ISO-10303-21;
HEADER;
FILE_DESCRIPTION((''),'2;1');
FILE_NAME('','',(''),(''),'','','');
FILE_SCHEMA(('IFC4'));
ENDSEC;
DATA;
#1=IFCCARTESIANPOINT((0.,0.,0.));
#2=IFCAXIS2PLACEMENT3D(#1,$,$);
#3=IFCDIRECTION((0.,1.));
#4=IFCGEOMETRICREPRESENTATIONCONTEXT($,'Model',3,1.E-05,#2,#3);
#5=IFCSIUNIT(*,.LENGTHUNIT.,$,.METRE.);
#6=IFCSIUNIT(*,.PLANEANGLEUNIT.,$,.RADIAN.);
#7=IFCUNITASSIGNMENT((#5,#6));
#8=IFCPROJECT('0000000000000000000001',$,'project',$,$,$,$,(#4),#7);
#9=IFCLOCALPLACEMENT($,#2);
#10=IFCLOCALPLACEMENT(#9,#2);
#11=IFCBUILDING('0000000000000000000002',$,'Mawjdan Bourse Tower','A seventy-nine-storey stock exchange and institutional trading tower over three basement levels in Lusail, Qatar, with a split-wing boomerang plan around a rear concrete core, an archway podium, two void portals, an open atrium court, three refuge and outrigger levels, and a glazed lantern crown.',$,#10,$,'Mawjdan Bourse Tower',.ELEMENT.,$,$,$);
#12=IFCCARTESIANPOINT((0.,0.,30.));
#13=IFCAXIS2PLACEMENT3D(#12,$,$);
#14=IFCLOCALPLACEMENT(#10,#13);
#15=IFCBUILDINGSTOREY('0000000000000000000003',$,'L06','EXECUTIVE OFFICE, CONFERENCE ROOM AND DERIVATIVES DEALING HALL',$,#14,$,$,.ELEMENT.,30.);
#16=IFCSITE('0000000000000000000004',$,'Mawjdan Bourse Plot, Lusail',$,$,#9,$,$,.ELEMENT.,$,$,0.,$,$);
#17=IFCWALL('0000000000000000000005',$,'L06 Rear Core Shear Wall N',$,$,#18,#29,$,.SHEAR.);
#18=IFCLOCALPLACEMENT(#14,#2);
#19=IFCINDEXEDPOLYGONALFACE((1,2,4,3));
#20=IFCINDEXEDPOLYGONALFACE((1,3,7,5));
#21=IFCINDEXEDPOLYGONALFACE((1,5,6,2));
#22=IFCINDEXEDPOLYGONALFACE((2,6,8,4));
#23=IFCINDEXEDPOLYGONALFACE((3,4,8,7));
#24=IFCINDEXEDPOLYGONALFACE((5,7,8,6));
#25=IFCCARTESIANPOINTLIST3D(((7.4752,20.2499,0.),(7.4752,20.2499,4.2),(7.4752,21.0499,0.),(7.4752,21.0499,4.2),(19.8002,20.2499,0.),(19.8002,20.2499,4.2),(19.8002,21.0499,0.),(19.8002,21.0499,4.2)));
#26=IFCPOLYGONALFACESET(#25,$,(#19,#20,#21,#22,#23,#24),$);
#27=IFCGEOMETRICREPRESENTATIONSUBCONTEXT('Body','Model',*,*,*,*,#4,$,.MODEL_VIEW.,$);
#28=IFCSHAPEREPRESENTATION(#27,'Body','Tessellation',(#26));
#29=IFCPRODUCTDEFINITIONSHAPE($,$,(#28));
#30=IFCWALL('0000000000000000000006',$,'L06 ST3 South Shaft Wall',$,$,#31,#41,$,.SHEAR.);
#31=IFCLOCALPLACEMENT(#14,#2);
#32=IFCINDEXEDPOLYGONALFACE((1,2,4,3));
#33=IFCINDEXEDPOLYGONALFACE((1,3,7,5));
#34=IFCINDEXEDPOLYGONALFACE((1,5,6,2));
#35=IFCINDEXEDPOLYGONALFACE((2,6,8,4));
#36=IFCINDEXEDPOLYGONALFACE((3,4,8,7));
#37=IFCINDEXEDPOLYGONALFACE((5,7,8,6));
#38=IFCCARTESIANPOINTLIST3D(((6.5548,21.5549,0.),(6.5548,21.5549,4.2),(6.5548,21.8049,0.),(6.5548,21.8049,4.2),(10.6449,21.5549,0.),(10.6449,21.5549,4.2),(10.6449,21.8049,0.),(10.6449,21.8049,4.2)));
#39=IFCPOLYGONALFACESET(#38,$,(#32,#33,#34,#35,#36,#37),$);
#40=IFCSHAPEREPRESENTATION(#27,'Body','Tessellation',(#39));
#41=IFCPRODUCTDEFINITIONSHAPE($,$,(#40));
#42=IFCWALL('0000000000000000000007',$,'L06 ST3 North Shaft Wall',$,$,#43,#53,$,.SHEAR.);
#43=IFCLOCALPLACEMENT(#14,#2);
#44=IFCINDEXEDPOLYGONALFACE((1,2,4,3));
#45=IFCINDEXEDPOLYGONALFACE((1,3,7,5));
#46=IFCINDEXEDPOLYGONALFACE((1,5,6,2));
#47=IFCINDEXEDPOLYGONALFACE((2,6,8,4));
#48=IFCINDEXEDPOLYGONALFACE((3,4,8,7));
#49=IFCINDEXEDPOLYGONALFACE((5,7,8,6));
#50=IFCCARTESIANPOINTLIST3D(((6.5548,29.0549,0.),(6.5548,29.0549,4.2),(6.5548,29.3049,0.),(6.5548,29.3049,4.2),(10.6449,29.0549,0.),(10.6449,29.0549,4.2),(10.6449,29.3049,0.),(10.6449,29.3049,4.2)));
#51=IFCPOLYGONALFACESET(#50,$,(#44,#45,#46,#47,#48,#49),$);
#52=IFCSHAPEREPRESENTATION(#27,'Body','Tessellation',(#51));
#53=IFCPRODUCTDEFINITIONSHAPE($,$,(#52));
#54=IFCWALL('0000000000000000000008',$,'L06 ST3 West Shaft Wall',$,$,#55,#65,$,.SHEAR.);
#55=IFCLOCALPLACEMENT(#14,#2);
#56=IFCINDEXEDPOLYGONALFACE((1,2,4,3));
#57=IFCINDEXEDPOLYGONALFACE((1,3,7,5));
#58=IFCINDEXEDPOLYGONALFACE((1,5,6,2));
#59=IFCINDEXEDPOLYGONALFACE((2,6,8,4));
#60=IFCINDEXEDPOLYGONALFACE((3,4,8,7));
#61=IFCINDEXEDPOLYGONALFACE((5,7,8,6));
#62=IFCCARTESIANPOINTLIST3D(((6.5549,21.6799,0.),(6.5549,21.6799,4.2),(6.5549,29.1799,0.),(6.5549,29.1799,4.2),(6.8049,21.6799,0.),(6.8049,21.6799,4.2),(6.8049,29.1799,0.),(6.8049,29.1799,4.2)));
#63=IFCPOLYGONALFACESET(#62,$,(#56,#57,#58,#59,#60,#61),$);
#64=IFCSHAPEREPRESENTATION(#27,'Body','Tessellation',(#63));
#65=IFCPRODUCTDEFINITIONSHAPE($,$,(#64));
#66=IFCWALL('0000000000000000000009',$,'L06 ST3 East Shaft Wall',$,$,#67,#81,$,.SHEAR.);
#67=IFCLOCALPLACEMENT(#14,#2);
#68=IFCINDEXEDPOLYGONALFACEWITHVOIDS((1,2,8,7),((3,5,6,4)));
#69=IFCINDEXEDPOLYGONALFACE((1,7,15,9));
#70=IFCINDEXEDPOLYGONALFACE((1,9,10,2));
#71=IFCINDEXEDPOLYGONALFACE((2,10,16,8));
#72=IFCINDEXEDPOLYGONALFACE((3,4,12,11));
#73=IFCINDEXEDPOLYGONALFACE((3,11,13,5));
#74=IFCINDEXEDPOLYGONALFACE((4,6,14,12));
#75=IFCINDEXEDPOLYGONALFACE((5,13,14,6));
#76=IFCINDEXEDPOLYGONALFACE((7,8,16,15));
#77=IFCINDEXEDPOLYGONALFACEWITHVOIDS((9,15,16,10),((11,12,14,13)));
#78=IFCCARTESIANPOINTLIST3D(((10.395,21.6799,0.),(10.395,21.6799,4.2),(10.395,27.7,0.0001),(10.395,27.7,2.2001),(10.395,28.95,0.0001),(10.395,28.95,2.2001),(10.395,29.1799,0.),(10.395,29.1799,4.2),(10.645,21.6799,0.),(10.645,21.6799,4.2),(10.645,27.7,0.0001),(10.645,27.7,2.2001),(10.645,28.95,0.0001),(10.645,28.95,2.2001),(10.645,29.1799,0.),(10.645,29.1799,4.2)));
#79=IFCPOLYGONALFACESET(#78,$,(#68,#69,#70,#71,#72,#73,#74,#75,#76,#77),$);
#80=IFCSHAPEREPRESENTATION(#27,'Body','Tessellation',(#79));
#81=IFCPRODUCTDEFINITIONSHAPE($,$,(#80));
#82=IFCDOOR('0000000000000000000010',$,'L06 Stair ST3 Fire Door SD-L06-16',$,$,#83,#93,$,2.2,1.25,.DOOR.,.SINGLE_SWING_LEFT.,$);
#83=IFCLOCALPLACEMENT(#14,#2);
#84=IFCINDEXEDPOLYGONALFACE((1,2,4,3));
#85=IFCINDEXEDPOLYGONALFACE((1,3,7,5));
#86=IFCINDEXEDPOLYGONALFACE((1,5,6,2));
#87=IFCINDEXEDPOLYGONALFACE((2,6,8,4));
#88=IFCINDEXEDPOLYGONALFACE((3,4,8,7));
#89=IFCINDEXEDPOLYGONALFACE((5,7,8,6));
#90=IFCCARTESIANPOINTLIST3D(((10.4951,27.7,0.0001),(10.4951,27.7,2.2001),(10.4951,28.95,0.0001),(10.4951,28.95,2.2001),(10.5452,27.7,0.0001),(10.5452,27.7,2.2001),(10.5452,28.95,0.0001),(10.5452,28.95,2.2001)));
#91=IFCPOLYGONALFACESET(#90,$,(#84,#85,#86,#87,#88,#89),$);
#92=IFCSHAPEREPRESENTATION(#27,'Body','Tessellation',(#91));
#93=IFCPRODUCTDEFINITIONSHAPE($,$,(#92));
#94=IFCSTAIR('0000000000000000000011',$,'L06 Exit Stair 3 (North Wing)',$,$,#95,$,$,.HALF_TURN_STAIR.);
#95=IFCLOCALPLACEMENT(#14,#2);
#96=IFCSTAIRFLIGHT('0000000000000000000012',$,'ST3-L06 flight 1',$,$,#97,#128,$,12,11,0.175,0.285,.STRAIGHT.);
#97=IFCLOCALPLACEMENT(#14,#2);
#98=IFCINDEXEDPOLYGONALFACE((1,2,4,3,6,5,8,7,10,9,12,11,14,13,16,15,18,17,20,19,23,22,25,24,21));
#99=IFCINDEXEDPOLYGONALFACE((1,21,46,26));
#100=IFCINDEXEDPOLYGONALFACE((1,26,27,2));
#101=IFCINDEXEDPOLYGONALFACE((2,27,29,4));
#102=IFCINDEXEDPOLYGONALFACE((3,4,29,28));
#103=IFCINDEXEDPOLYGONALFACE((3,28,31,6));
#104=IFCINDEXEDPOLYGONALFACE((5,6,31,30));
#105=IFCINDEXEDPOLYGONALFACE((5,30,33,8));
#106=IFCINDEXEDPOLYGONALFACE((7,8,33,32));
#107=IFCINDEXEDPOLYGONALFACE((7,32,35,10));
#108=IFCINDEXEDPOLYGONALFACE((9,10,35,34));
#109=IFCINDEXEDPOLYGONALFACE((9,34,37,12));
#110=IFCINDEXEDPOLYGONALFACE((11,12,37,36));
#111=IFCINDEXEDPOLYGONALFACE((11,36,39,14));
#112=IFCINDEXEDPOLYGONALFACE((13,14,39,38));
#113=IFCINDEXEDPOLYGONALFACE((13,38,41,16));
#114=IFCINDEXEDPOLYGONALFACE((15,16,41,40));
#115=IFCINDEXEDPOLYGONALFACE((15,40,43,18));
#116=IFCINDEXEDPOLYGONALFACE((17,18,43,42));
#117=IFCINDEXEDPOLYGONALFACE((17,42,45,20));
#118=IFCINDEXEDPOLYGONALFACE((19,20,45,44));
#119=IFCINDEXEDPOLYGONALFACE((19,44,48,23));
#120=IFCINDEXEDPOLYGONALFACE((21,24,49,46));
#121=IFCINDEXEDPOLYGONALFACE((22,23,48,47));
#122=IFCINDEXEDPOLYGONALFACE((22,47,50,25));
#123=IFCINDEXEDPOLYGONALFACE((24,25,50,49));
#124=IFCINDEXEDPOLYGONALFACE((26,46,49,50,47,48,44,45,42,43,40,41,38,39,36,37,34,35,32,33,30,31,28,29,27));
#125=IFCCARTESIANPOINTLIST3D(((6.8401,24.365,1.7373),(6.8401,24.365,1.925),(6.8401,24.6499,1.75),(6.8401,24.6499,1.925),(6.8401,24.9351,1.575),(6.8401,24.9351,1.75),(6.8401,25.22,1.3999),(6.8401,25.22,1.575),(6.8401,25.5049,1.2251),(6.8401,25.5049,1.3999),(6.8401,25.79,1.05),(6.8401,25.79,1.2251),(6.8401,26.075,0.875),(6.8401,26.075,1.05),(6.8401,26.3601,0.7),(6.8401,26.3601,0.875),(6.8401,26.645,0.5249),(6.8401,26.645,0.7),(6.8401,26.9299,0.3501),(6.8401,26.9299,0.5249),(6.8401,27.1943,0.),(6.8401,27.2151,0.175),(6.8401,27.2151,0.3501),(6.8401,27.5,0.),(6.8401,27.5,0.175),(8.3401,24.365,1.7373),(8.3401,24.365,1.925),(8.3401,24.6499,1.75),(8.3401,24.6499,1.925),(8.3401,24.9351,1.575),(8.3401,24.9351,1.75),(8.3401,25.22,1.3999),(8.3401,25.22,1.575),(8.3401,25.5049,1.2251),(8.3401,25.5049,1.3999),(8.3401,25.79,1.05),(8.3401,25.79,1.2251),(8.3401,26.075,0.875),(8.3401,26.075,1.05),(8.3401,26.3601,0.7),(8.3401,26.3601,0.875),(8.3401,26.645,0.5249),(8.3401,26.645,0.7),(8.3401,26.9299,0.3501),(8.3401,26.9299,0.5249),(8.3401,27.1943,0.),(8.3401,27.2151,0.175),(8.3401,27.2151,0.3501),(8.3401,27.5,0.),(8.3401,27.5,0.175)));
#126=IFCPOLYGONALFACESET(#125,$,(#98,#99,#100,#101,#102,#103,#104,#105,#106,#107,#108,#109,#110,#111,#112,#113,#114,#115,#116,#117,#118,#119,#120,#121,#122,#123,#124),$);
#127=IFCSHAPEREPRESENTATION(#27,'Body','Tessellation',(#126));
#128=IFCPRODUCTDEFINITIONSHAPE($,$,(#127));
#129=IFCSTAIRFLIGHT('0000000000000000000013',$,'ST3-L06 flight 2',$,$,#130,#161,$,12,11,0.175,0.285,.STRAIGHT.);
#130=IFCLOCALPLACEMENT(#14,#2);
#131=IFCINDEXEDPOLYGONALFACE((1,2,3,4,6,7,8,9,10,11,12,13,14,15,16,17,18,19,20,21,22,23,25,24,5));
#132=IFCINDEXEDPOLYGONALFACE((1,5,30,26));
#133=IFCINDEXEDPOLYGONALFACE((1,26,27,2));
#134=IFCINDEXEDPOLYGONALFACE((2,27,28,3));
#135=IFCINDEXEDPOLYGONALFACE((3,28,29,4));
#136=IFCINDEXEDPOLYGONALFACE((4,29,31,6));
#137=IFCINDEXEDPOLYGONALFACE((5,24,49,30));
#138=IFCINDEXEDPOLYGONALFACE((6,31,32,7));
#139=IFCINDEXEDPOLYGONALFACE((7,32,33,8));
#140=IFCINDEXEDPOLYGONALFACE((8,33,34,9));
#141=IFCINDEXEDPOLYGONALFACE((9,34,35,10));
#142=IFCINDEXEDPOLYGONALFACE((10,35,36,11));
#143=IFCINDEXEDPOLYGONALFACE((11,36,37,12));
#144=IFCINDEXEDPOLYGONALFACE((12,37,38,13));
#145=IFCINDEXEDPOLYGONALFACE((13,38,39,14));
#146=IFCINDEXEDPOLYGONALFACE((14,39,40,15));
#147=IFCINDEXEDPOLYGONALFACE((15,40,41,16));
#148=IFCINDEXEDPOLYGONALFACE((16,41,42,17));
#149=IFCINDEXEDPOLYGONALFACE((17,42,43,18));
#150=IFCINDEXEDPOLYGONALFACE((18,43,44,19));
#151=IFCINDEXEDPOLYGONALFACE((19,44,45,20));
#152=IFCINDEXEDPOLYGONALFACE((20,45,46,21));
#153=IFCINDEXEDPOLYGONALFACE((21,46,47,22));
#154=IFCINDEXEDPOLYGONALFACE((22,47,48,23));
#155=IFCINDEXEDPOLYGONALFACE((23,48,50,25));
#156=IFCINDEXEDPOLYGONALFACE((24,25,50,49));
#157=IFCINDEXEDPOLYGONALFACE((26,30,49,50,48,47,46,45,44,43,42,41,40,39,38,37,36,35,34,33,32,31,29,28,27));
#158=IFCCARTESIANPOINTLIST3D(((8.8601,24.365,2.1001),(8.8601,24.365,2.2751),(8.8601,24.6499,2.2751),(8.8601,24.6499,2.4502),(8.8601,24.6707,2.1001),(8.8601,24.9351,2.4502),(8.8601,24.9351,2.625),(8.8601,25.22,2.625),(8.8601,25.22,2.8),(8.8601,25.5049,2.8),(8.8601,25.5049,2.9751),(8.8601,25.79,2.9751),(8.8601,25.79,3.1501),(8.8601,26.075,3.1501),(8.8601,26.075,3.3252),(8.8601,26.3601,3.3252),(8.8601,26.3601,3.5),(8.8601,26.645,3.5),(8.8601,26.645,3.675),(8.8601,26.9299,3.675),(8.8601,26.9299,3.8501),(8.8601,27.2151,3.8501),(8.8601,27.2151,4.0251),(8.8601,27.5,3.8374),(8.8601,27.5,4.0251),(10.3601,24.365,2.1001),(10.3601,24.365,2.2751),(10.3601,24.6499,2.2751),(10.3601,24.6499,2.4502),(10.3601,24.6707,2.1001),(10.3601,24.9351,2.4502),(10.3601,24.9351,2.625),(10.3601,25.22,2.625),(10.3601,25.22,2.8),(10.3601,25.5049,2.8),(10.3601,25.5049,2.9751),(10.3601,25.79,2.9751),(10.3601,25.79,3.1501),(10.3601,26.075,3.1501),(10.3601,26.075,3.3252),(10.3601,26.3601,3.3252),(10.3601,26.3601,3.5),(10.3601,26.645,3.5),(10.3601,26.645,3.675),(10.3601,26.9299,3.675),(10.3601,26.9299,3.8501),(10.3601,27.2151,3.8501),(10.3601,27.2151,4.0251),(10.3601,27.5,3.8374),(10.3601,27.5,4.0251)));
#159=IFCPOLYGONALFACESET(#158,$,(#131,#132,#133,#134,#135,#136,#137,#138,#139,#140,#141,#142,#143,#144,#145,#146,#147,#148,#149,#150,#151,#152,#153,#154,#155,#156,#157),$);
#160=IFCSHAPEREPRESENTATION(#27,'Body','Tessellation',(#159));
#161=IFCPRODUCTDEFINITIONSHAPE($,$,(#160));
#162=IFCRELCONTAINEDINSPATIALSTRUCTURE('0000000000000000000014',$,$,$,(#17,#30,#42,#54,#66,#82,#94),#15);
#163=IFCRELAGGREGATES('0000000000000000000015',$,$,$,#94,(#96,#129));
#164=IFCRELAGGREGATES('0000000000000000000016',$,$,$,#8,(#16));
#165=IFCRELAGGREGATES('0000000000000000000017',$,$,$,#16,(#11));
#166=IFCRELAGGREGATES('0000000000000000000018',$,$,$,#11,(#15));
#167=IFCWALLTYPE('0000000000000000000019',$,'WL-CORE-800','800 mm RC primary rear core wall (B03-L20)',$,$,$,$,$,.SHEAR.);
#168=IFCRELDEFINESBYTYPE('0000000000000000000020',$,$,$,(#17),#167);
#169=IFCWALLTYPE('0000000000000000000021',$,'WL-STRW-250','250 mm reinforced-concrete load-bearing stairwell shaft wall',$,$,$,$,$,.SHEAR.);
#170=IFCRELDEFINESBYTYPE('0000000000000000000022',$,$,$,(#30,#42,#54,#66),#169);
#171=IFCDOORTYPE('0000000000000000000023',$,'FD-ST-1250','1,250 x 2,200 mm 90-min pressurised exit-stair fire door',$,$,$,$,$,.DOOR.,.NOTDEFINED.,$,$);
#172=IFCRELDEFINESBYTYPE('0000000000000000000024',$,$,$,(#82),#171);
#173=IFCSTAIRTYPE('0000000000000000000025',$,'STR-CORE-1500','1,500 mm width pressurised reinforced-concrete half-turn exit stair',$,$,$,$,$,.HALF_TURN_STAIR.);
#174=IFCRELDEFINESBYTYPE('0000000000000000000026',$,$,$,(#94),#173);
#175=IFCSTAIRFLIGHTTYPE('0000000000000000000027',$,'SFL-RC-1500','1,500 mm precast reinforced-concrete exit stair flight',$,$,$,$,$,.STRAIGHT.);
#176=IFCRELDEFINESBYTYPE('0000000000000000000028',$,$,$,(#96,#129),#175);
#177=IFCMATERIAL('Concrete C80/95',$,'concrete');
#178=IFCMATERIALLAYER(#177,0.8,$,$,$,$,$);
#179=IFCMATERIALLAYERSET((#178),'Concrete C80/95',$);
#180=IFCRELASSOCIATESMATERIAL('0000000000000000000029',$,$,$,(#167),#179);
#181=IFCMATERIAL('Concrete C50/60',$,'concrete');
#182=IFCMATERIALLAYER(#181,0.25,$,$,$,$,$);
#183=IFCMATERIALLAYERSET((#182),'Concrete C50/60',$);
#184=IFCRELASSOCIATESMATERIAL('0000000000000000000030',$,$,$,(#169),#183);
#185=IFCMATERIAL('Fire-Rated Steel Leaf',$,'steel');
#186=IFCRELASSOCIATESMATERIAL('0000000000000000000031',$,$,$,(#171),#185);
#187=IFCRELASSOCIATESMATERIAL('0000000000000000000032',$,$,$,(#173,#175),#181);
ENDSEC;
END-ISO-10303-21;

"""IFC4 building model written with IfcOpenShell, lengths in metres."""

from ifc_helpers import new_model, si_unit, direction, frame, frame_2d, origin, place, context, subcontext, project, spatial, polyline, rectangle, outline, extrude, material, layer, layer_set, type_object, element, fill, aggregate, save


model = new_model("IFC4")

# Units and contexts
model_context = context("Model", 3, precision=1e-05, world=origin(), true_north=direction((0.0, 1.0)))
body_context = subcontext(model_context, "Body", "Model", "MODEL_VIEW")
ifc_project = project(units=[si_unit("LENGTHUNIT", "METRE"), si_unit("PLANEANGLEUNIT", "RADIAN")], contexts=[model_context])

# Site, building, storey
site_placement = place(None, origin())
site = spatial("IfcSite", under=ifc_project, at=site_placement, Name="Mawjdan Bourse Plot, Lusail", CompositionType="ELEMENT", RefElevation=0.0)
building_placement = place(site_placement, origin())
building = spatial("IfcBuilding", under=site, at=building_placement, Name="Mawjdan Bourse Tower", Description="A seventy-nine-storey stock exchange and institutional trading tower over three basement levels in Lusail, Qatar, with a split-wing boomerang plan around a rear concrete core, an archway podium, two void portals, an open atrium court, three refuge and outrigger levels, and a glazed lantern crown.", LongName="Mawjdan Bourse Tower", CompositionType="ELEMENT")
storey_placement = place(building_placement, frame((0.0, 0.0, 30.0)))
storey = spatial("IfcBuildingStorey", under=building, at=storey_placement, Name="L06", Description="EXECUTIVE OFFICE, CONFERENCE ROOM AND DERIVATIVES DEALING HALL", CompositionType="ELEMENT", Elevation=30.0)

# Shared definitions
ifc_material_1 = material(Name="Concrete C80/95", Category="concrete")

# Walls
ifc_layer_1 = layer(ifc_material_1, 0.8)
ifc_layer_set_1 = layer_set([ifc_layer_1], Name="Concrete C80/95")
wall_type_1 = type_object("IfcWallType", Name="WL-CORE-800", Description="800 mm RC primary rear core wall (B03-L20)", PredefinedType="SHEAR", material=ifc_layer_set_1)
wall_1_placement = place(storey_placement, frame((7.4751, 20.6499, 0.0), z_axis=(0.0, 0.0, 1.0), x_axis=(1.0, 0.0, 0.0)))
element("IfcWall", 1, at=wall_1_placement, inside=storey, type_object=wall_type_1, Name="L06 Rear Core Shear Wall N", PredefinedType="SHEAR", context=body_context, shape_type="SweptSolid", body=[
    extrude(rectangle(XDim=12.325, YDim=0.8, at=frame_2d((6.1626, 0.0))), origin(), (0.0, 0.0, 1.0), 4.2),
])
ifc_material_2 = material(Name="Concrete C50/60", Category="concrete")
ifc_layer_2 = layer(ifc_material_2, 0.25)
ifc_layer_set_2 = layer_set([ifc_layer_2], Name="Concrete C50/60")
wall_type_2 = type_object("IfcWallType", Name="WL-STRW-250", Description="250 mm reinforced-concrete load-bearing stairwell shaft wall", PredefinedType="SHEAR", material=ifc_layer_set_2)
for number, where, z_axis, x_axis, name in (
    (2, (6.5549, 21.6799, 0.0), (0.0, 0.0, 1.0), (1.0, 0.0, 0.0), "L06 ST3 South Shaft Wall"),
    (3, (6.5549, 29.1799, 0.0), (0.0, 0.0, 1.0), (1.0, 0.0, 0.0), "L06 ST3 North Shaft Wall"),
):
    element("IfcWall", number, at=place(storey_placement, frame(where, z_axis=z_axis, x_axis=x_axis)), inside=storey, type_object=wall_type_2, Name=name, PredefinedType="SHEAR", context=body_context, shape_type="SweptSolid", body=[
        extrude(rectangle(XDim=4.0901, YDim=0.25, at=frame_2d((2.0449, 0.0))), origin(), (0.0, 0.0, 1.0), 4.2),
    ])
wall_2_placement = place(storey_placement, frame((6.6799, 21.6799, 0.0), z_axis=(0.0, 0.0, 1.0), x_axis=(0.0, 1.0, 0.0)))
element("IfcWall", 4, at=wall_2_placement, inside=storey, type_object=wall_type_2, Name="L06 ST3 West Shaft Wall", PredefinedType="SHEAR", context=body_context, shape_type="SweptSolid", body=[
    extrude(rectangle(XDim=7.5, YDim=0.25, at=frame_2d((3.75, 0.0))), origin(), (0.0, 0.0, 1.0), 4.2),
])

# Wall, opening, door
wall_3_placement = place(storey_placement, frame((10.52, 21.6799, 0.0), z_axis=(0.0, 0.0, 1.0), x_axis=(0.0, 1.0, 0.0)))
wall_3 = element("IfcWall", 5, at=wall_3_placement, inside=storey, type_object=wall_type_2, Name="L06 ST3 East Shaft Wall", PredefinedType="SHEAR", context=body_context, shape_type="SweptSolid", body=[
    extrude(rectangle(XDim=7.5, YDim=0.25, at=frame_2d((3.75, 0.0))), origin(), (0.0, 0.0, 1.0), 4.2),
])
opening_placement = place(wall_3_placement, frame((6.02, 0.0, 0.0)))
opening = element("IfcOpeningElement", 6, at=opening_placement, cuts=wall_3, PredefinedType="OPENING", context=body_context, shape_type="SweptSolid", body=[
    extrude(rectangle(XDim=1.25, YDim=2.2, at=frame_2d((0.625, 1.1001))), frame((0.0, 0.135, 0.0), z_axis=(0.0, -1.0, 0.0), x_axis=(1.0, 0.0, 0.0)), (0.0, 0.0, 1.0), 0.27),
])
ifc_material_3 = material(Name="Fire-Rated Steel Leaf", Category="steel")
door_type = type_object("IfcDoorType", Name="FD-ST-1250", Description="1,250 x 2,200 mm 90-min pressurised exit-stair fire door", OperationType="NOTDEFINED", PredefinedType="DOOR", material=ifc_material_3)
door_placement = place(opening_placement, origin())
door = element("IfcDoor", 7, at=door_placement, inside=storey, type_object=door_type, Name="L06 Stair ST3 Fire Door SD-L06-16", OperationType="SINGLE_SWING_LEFT", OverallHeight=2.2, OverallWidth=1.25, PredefinedType="DOOR", context=body_context, shape_type="SweptSolid", body=[
    extrude(rectangle(XDim=1.25, YDim=2.2, at=frame_2d((0.625, 1.1001))), frame((0.0, 0.0249, 0.0), z_axis=(0.0, -1.0, 0.0), x_axis=(1.0, 0.0, 0.0)), (0.0, 0.0, 1.0), 0.05),
])
fill(opening, door)

# Stair, stair flights
stair_type = type_object("IfcStairType", Name="STR-CORE-1500", Description="1,500 mm width pressurised reinforced-concrete half-turn exit stair", PredefinedType="HALF_TURN_STAIR", material=ifc_material_2)
stair_placement = place(storey_placement, origin())
stair = element("IfcStair", 8, at=stair_placement, inside=storey, type_object=stair_type, Name="L06 Exit Stair 3 (North Wing)", PredefinedType="HALF_TURN_STAIR")
stair_flight_type = type_object("IfcStairFlightType", Name="SFL-RC-1500", Description="1,500 mm precast reinforced-concrete exit stair flight", PredefinedType="STRAIGHT", material=ifc_material_2)
stair_flight_1_placement = place(storey_placement, frame((7.5901, 27.5, 0.0), z_axis=(0.0, 0.0, 1.0), x_axis=(0.0, -1.0, 0.0)))
stair_flight_1 = element("IfcStairFlight", 9, at=stair_flight_1_placement, type_object=stair_flight_type, Name="ST3-L06 flight 1", NumberOfRisers=12, NumberOfTreads=11, PredefinedType="STRAIGHT", RiserHeight=0.175, TreadLength=0.285, context=body_context, shape_type="SweptSolid", body=[
    extrude(outline(polyline([(0.0, 0.0), (0.0, 0.175), (0.2849, 0.175), (0.2849, 0.3501), (0.5701, 0.3501), (0.5701, 0.5249), (0.855, 0.5249), (0.855, 0.7), (1.1399, 0.7), (1.1399, 0.875), (1.425, 0.875), (1.425, 1.05), (1.71, 1.05), (1.71, 1.2251), (1.9951, 1.2251), (1.9951, 1.3999), (2.28, 1.3999), (2.28, 1.575), (2.5649, 1.575), (2.5649, 1.75), (2.8501, 1.75), (2.8501, 1.925), (3.135, 1.925), (3.135, 2.1001), (3.135, 1.7373), (0.3057, 0.0), (0.0, 0.0)])), frame((0.0, 0.75, 0.0), z_axis=(0.0, -1.0, 0.0), x_axis=(1.0, 0.0, 0.0)), (0.0, 0.0, 1.0), 1.5),
])
stair_flight_2_placement = place(storey_placement, frame((9.6101, 24.365, 2.1001), z_axis=(0.0, 0.0, 1.0), x_axis=(0.0, 1.0, 0.0)))
stair_flight_2 = element("IfcStairFlight", 10, at=stair_flight_2_placement, type_object=stair_flight_type, Name="ST3-L06 flight 2", NumberOfRisers=12, NumberOfTreads=11, PredefinedType="STRAIGHT", RiserHeight=0.175, TreadLength=0.285, context=body_context, shape_type="SweptSolid", body=[
    extrude(outline(polyline([(0.0, 0.0), (0.0, 0.175), (0.2849, 0.175), (0.2849, 0.3501), (0.5701, 0.3501), (0.5701, 0.5249), (0.855, 0.5249), (0.855, 0.7), (1.1399, 0.7), (1.1399, 0.875), (1.425, 0.875), (1.425, 1.05), (1.71, 1.05), (1.71, 1.2251), (1.9951, 1.2251), (1.9951, 1.3999), (2.28, 1.3999), (2.28, 1.575), (2.5649, 1.575), (2.5649, 1.75), (2.8501, 1.75), (2.8501, 1.925), (3.135, 1.925), (3.135, 2.1001), (3.135, 1.7373), (0.3057, 0.0), (0.0, 0.0)])), frame((0.0, 0.75, 0.0), z_axis=(0.0, -1.0, 0.0), x_axis=(1.0, 0.0, 0.0)), (0.0, 0.0, 1.0), 1.5),
])
aggregate(stair, [stair_flight_1, stair_flight_2])

save(model, "model.ifc")
